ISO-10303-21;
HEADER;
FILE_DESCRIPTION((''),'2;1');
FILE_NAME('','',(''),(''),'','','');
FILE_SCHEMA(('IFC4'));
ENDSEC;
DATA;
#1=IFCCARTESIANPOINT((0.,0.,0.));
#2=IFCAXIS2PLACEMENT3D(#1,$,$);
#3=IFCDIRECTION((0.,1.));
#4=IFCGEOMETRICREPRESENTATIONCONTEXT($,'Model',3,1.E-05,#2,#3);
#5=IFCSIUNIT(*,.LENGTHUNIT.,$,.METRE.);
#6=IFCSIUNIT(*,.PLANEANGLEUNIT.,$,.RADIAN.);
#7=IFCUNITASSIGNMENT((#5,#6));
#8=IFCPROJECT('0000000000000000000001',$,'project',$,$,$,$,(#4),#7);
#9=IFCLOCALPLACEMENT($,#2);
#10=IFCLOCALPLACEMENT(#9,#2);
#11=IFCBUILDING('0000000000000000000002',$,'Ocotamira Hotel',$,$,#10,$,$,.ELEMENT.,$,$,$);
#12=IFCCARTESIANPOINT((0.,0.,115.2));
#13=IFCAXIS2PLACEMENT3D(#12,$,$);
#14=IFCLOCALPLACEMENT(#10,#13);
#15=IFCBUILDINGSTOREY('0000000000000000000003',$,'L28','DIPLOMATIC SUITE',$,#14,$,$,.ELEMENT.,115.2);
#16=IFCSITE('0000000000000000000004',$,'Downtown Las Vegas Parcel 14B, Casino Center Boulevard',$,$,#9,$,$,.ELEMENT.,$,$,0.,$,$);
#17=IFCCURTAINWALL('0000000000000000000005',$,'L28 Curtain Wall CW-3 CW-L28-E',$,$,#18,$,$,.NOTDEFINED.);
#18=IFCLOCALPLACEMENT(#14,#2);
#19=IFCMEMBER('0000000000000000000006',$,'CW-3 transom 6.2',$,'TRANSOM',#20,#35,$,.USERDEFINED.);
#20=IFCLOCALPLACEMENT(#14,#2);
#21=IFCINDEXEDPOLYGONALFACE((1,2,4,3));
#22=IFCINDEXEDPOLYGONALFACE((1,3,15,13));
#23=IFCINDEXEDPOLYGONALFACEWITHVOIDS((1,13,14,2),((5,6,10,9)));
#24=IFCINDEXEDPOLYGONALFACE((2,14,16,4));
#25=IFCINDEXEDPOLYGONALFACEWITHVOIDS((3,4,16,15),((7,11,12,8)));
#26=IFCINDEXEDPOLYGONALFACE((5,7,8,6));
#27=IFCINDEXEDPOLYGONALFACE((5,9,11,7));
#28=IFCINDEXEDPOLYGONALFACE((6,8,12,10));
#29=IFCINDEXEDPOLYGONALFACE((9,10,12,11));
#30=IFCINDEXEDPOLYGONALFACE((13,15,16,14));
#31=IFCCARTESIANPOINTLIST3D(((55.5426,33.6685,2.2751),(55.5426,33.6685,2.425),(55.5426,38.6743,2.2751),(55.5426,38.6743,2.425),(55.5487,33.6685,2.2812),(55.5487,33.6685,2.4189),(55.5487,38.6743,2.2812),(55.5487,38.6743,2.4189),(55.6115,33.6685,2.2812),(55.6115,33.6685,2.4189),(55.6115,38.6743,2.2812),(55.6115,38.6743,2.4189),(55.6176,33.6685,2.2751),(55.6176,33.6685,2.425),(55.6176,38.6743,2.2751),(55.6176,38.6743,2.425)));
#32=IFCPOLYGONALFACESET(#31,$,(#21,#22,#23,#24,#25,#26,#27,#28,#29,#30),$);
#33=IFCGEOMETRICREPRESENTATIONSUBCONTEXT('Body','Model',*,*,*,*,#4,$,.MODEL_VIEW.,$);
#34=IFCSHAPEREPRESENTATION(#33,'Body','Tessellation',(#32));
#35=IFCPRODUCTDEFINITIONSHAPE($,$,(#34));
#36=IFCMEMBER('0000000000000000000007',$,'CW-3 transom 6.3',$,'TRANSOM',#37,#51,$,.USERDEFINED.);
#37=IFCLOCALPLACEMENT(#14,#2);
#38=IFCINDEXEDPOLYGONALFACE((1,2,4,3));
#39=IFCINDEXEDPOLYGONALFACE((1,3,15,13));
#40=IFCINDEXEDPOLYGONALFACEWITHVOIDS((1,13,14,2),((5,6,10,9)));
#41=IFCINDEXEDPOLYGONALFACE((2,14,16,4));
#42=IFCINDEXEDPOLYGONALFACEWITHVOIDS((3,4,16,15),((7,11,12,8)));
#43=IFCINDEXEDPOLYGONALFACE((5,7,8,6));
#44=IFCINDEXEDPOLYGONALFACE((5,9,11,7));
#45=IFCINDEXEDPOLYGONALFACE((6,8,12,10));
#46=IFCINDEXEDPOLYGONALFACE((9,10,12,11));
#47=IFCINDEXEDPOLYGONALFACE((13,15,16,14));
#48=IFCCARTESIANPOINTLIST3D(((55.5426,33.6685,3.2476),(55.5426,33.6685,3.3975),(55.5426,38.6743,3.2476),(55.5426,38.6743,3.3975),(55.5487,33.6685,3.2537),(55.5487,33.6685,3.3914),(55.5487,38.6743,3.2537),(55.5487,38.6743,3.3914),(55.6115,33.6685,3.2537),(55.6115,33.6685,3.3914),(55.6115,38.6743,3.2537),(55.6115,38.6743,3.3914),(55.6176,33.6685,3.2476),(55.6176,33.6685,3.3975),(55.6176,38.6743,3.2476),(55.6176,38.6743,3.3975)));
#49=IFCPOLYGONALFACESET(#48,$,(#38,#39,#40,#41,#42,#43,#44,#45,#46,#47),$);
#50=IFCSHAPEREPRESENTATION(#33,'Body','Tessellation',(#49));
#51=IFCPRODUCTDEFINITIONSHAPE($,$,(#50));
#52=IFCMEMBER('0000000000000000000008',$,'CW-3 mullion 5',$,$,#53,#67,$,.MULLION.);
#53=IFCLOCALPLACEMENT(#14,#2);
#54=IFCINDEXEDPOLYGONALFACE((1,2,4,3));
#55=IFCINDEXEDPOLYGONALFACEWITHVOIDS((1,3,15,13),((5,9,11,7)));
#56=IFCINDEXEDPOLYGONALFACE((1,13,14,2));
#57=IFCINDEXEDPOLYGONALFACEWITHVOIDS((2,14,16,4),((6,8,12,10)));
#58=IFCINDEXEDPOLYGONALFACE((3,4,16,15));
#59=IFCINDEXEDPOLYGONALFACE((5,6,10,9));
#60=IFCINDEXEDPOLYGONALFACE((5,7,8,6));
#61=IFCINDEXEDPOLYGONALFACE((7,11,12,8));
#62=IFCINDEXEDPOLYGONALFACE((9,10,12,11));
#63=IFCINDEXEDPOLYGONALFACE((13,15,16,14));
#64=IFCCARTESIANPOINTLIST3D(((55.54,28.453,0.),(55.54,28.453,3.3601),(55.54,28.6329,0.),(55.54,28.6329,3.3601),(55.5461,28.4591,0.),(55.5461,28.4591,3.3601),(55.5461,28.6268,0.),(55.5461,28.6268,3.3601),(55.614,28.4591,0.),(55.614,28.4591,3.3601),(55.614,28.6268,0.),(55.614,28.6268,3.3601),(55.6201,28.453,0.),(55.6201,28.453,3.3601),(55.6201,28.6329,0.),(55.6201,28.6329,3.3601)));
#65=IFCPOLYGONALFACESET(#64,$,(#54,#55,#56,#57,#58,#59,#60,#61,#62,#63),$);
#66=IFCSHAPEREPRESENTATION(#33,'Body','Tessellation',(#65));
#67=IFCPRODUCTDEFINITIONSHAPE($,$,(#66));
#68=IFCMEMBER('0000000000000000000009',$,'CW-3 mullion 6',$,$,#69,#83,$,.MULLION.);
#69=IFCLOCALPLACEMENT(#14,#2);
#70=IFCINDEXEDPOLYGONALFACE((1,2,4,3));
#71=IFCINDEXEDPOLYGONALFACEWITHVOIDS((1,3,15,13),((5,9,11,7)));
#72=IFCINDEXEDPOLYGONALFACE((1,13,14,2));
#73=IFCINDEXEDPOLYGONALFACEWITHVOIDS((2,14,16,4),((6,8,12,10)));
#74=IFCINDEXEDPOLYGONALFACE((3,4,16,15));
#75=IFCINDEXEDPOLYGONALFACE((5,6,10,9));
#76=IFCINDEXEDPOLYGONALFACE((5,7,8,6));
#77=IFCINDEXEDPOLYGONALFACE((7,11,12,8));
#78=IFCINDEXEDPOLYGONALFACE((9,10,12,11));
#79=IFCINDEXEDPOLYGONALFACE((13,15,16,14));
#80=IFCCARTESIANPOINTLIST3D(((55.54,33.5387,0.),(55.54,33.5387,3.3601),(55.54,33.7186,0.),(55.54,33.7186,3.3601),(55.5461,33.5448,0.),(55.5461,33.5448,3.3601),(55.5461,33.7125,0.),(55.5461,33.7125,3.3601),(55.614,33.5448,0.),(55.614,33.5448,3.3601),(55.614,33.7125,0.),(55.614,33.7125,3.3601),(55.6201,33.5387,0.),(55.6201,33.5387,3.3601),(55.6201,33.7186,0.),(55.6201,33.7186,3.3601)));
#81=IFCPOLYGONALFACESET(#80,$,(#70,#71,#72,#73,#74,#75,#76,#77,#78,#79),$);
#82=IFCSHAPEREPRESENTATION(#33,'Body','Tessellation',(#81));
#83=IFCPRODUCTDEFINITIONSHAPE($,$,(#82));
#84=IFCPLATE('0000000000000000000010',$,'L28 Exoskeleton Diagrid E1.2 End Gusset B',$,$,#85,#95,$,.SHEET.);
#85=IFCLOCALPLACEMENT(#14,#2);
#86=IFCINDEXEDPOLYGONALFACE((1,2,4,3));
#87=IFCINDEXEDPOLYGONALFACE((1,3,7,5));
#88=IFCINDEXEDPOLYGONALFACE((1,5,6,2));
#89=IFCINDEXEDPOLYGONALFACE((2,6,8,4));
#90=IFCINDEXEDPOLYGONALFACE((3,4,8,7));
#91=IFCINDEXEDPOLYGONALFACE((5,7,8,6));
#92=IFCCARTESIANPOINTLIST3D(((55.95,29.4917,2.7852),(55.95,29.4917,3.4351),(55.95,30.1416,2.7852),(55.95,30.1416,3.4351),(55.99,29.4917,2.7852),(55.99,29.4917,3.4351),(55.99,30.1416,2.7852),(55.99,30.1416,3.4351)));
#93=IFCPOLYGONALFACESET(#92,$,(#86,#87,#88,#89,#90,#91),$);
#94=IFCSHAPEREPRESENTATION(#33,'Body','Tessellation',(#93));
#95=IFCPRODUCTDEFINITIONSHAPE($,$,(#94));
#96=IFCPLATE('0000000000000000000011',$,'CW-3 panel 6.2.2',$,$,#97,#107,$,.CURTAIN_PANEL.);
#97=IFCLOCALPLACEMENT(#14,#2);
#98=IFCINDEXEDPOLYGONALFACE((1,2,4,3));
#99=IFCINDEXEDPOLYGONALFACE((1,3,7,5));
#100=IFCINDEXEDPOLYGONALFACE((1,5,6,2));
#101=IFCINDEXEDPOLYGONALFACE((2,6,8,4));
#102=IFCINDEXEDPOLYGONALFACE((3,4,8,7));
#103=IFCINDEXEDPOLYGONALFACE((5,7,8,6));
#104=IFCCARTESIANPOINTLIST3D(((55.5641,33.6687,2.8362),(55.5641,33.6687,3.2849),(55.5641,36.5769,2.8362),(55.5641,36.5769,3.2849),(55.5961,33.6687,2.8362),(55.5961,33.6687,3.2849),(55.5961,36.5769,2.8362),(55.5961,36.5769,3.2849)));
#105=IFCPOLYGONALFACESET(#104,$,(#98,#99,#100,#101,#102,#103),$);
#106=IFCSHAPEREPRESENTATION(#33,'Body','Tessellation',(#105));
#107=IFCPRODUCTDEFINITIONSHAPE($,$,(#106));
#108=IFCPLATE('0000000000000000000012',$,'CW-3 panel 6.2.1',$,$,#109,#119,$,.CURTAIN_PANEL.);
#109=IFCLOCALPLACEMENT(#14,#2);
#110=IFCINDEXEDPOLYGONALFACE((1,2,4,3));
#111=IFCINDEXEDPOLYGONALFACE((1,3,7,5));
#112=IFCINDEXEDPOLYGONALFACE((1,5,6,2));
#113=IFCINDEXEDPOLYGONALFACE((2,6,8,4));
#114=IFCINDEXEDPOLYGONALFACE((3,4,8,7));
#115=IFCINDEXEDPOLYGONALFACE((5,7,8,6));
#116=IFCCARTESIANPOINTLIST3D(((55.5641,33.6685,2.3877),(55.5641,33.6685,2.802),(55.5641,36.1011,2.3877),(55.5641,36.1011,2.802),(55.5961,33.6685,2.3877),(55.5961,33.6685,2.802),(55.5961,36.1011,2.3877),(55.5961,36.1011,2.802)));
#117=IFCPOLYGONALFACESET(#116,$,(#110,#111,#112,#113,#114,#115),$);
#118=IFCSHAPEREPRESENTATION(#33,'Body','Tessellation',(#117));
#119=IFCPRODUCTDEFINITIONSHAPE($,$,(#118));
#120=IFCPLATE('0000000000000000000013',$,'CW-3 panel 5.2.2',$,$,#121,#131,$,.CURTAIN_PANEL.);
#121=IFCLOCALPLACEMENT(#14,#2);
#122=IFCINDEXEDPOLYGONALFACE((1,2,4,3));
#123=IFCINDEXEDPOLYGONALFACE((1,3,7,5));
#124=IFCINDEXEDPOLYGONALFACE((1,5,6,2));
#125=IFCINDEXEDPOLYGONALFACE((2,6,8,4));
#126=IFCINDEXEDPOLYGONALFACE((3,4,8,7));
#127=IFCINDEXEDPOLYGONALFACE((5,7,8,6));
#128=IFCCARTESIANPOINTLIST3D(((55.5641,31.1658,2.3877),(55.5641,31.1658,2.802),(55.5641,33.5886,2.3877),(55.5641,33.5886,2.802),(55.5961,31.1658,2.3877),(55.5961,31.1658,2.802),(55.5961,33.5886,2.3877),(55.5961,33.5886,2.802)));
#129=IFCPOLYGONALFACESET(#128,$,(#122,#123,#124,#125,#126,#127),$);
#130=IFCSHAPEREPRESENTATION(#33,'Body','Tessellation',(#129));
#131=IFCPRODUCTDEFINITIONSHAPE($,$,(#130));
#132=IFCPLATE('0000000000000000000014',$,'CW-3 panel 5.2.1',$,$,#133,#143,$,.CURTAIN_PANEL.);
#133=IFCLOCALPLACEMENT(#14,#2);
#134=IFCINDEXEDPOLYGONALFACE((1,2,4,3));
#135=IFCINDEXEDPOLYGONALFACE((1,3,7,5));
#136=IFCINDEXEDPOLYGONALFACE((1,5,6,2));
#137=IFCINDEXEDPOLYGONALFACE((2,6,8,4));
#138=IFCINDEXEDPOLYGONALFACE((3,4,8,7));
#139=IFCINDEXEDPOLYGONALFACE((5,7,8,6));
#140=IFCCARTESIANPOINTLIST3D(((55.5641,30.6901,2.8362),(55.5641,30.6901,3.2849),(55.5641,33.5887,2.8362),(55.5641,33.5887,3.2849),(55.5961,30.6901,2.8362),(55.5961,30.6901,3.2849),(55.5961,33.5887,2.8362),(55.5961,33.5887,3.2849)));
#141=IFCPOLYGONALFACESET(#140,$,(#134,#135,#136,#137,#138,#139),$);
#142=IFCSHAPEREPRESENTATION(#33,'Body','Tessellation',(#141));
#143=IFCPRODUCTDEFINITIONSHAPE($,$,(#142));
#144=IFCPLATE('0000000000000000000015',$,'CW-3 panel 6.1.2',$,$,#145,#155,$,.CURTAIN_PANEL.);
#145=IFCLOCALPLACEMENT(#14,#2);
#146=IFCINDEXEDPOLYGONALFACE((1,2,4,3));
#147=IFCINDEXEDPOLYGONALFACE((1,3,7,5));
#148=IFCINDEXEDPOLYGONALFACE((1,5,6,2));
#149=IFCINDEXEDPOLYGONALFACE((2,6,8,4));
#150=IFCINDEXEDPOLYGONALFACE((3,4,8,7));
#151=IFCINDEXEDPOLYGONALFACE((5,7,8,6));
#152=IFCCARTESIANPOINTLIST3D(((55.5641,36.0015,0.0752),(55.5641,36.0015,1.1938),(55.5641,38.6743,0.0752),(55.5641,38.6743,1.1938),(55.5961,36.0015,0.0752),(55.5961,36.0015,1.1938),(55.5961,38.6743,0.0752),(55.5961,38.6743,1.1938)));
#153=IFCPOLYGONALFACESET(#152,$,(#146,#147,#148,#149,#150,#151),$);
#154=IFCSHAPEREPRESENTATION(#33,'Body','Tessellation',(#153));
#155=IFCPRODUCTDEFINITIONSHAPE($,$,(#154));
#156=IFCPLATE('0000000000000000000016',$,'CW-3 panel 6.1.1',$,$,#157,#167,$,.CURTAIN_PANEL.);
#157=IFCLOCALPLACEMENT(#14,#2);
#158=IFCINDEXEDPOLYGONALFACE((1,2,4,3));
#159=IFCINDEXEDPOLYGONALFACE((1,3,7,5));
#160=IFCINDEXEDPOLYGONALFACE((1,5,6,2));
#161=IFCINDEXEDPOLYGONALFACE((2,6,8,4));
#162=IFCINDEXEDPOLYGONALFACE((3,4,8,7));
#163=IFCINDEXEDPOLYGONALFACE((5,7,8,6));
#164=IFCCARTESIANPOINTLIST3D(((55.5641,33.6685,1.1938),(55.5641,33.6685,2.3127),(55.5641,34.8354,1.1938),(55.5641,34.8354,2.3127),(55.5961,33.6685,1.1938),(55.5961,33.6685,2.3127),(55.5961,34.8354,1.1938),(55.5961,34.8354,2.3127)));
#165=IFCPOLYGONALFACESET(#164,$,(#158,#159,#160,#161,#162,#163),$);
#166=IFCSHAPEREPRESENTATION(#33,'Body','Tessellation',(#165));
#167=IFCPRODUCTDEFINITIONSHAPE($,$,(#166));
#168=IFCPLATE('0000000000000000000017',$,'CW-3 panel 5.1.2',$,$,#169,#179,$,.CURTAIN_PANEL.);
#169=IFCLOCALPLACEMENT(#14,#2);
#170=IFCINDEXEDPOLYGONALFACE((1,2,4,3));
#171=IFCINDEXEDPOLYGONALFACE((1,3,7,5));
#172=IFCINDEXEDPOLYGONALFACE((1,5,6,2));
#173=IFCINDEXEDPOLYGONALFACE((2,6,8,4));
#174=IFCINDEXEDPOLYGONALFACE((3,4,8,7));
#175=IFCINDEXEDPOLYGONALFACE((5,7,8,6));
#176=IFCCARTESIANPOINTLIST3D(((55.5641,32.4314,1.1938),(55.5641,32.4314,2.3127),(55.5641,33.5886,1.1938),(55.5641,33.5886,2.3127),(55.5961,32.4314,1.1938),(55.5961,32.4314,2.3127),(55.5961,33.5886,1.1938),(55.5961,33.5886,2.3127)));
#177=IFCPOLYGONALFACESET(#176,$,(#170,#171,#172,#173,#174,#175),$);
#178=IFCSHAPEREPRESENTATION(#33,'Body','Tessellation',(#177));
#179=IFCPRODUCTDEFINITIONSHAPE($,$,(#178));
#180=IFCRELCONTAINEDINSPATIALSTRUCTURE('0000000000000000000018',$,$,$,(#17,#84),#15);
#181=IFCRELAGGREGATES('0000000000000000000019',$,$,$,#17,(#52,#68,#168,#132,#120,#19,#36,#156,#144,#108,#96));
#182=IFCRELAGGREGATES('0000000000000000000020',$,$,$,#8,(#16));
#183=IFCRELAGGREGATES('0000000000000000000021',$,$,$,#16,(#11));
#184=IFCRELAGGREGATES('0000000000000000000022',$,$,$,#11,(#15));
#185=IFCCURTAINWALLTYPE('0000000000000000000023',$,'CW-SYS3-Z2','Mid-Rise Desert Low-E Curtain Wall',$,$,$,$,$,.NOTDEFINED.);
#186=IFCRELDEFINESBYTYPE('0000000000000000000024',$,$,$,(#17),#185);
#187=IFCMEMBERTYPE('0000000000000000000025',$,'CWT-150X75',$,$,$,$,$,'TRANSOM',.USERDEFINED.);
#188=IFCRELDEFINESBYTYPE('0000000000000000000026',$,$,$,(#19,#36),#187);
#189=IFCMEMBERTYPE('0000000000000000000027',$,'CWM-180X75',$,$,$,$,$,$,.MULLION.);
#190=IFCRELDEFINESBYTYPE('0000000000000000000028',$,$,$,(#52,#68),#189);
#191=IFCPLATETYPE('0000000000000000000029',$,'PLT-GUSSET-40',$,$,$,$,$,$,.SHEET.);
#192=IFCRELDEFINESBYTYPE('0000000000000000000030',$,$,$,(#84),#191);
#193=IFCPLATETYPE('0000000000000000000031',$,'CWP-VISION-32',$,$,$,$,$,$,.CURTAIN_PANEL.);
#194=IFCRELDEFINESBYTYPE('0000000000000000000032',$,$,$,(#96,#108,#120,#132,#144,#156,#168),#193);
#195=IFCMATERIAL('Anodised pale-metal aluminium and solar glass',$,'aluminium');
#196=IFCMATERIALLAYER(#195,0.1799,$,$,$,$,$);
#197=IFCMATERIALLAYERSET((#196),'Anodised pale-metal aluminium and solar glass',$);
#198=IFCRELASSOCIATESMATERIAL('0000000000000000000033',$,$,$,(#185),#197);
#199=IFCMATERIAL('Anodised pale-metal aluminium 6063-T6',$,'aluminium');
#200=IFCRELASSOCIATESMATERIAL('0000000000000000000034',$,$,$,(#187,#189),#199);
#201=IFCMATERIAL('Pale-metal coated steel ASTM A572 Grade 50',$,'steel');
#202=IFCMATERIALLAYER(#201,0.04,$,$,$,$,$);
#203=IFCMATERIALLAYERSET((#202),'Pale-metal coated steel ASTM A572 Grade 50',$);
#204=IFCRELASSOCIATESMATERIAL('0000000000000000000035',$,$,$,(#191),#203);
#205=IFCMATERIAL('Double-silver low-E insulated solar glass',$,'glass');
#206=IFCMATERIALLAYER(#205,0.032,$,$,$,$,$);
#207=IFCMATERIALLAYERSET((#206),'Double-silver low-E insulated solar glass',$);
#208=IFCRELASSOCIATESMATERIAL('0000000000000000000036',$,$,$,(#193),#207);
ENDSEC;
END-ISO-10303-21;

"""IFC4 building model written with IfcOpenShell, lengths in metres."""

from ifc_helpers import new_model, si_unit, direction, frame, origin, origin_2d, place, context, subcontext, project, spatial, rectangle, hollow_rectangle, extrude, source, transform, mapped, material, layer, layer_set, material_profile, profile_set, type_object, element, aggregate, save


model = new_model("IFC4")

# Units and contexts
model_context = context("Model", 3, precision=1e-05, world=origin(), true_north=direction((0.0, 1.0)))
body_context = subcontext(model_context, "Body", "Model", "MODEL_VIEW")
ifc_project = project(units=[si_unit("LENGTHUNIT", "METRE"), si_unit("PLANEANGLEUNIT", "RADIAN")], contexts=[model_context])

# Site, building, storey
site_placement = place(None, origin())
site = spatial("IfcSite", under=ifc_project, at=site_placement, Name="Downtown Las Vegas Parcel 14B, Casino Center Boulevard", CompositionType="ELEMENT", RefElevation=0.0)
building_placement = place(site_placement, origin())
building = spatial("IfcBuilding", under=site, at=building_placement, Name="Ocotamira Hotel", CompositionType="ELEMENT")
storey_placement = place(building_placement, frame((0.0, 0.0, 115.2)))
storey = spatial("IfcBuildingStorey", under=building, at=storey_placement, Name="L28", Description="DIPLOMATIC SUITE", CompositionType="ELEMENT", Elevation=115.2)

# Curtain wall, members
ifc_material_1 = material(Name="Anodised pale-metal aluminium and solar glass", Category="aluminium")
ifc_layer_1 = layer(ifc_material_1, 0.1799)
ifc_layer_set_1 = layer_set([ifc_layer_1], Name="Anodised pale-metal aluminium and solar glass")
curtain_wall_type = type_object("IfcCurtainWallType", Name="CW-SYS3-Z2", Description="Mid-Rise Desert Low-E Curtain Wall", PredefinedType="NOTDEFINED", material=ifc_layer_set_1)
curtain_wall_placement = place(storey_placement, origin())
curtain_wall = element("IfcCurtainWall", 1, at=curtain_wall_placement, inside=storey, type_object=curtain_wall_type, Name="L28 Curtain Wall CW-3 CW-L28-E", PredefinedType="NOTDEFINED")
ifc_material_2 = material(Name="Anodised pale-metal aluminium 6063-T6", Category="aluminium")
ifc_material_profile_1 = material_profile(ifc_material_2, hollow_rectangle(XDim=0.075, YDim=0.1499, WallThickness=0.0061, at=origin_2d()), Name="HSS150X75X6")
ifc_profile_set_1 = profile_set([ifc_material_profile_1], Name="Anodised pale-metal aluminium 6063-T6")
member_type_1 = type_object("IfcMemberType", Name="CWT-150X75", ElementType="TRANSOM", PredefinedType="USERDEFINED", material=ifc_profile_set_1)
shared_shape_1 = source(origin(), body_context, "Body", "SweptSolid", [
    extrude(hollow_rectangle(XDim=0.075, YDim=0.1499, WallThickness=0.0061, at=origin_2d()), origin(), (0.0, 0.0, 1.0), 5.0059),
])
member_1_placement = place(storey_placement, frame((55.5801, 33.6685, 2.3501), z_axis=(0.0, 1.0, 0.0), x_axis=(-1.0, 0.0, 0.0)))
member_1 = element("IfcMember", 2, at=member_1_placement, type_object=member_type_1, Name="CW-3 transom 6.2", ObjectType="TRANSOM", PredefinedType="USERDEFINED", context=body_context, shape_type="MappedRepresentation", body=[
    mapped(shared_shape_1, transform((0.0, 0.0, 0.0), scale=1.0)),
])
member_2_placement = place(storey_placement, frame((55.5801, 33.6685, 3.3225), z_axis=(0.0, 1.0, 0.0), x_axis=(-1.0, 0.0, 0.0)))
member_2 = element("IfcMember", 3, at=member_2_placement, type_object=member_type_1, Name="CW-3 transom 6.3", ObjectType="TRANSOM", PredefinedType="USERDEFINED", context=body_context, shape_type="MappedRepresentation", body=[
    mapped(shared_shape_1, transform((0.0, 0.0, 0.0), scale=1.0)),
])
ifc_material_profile_2 = material_profile(ifc_material_2, hollow_rectangle(XDim=0.0801, YDim=0.1799, WallThickness=0.0061, at=origin_2d()), Name="HSS180X80X6")
ifc_profile_set_2 = profile_set([ifc_material_profile_2], Name="Anodised pale-metal aluminium 6063-T6")
member_type_2 = type_object("IfcMemberType", Name="CWM-180X75", PredefinedType="MULLION", material=ifc_profile_set_2)
shared_shape_2 = source(origin(), body_context, "Body", "SweptSolid", [
    extrude(hollow_rectangle(XDim=0.0801, YDim=0.1799, WallThickness=0.0061, at=origin_2d()), origin(), (0.0, 0.0, 1.0), 3.3601),
])
member_3_placement = place(storey_placement, frame((55.5801, 28.543, 0.0), z_axis=(0.0, 0.0, 1.0), x_axis=(-1.0, 0.0, 0.0)))
member_3 = element("IfcMember", 4, at=member_3_placement, type_object=member_type_2, Name="CW-3 mullion 5", PredefinedType="MULLION", context=body_context, shape_type="MappedRepresentation", body=[
    mapped(shared_shape_2, transform((0.0, 0.0, 0.0), scale=1.0)),
])
member_4_placement = place(storey_placement, frame((55.5801, 33.6287, 0.0), z_axis=(0.0, 0.0, 1.0), x_axis=(-1.0, 0.0, 0.0)))
member_4 = element("IfcMember", 5, at=member_4_placement, type_object=member_type_2, Name="CW-3 mullion 6", PredefinedType="MULLION", context=body_context, shape_type="MappedRepresentation", body=[
    mapped(shared_shape_2, transform((0.0, 0.0, 0.0), scale=1.0)),
])

# Plates
ifc_material_3 = material(Name="Pale-metal coated steel ASTM A572 Grade 50", Category="steel")
ifc_layer_2 = layer(ifc_material_3, 0.04)
ifc_layer_set_2 = layer_set([ifc_layer_2], Name="Pale-metal coated steel ASTM A572 Grade 50")
plate_type_1 = type_object("IfcPlateType", Name="PLT-GUSSET-40", PredefinedType="SHEET", material=ifc_layer_set_2)
shared_shape_3 = source(origin(), body_context, "Body", "SweptSolid", [
    extrude(rectangle(XDim=0.04, YDim=0.6499, at=origin_2d()), origin(), (0.0, 0.0, 1.0), 0.6499),
])
plate_1_placement = place(storey_placement, frame((55.97, 29.8167, 2.7852), z_axis=(0.0, 0.0, 1.0), x_axis=(1.0, 0.0, 0.0)))
element("IfcPlate", 6, at=plate_1_placement, inside=storey, type_object=plate_type_1, Name="L28 Exoskeleton Diagrid E1.2 End Gusset B", PredefinedType="SHEET", context=body_context, shape_type="MappedRepresentation", body=[
    mapped(shared_shape_3, transform((0.0, 0.0, 0.0), scale=1.0)),
])
ifc_material_4 = material(Name="Double-silver low-E insulated solar glass", Category="glass")
ifc_layer_3 = layer(ifc_material_4, 0.032)
ifc_layer_set_3 = layer_set([ifc_layer_3], Name="Double-silver low-E insulated solar glass")
plate_type_2 = type_object("IfcPlateType", Name="CWP-VISION-32", PredefinedType="CURTAIN_PANEL", material=ifc_layer_set_3)
shared_shape_4 = source(origin(), body_context, "Body", "SweptSolid", [
    extrude(rectangle(XDim=2.9082, YDim=0.032, at=origin_2d()), origin(), (0.0, 0.0, 1.0), 0.4487),
])
plate_2_placement = place(storey_placement, frame((55.5801, 35.1228, 2.8362), z_axis=(0.0, 0.0, 1.0), x_axis=(0.0, 1.0, 0.0)))
plate_2 = element("IfcPlate", 7, at=plate_2_placement, type_object=plate_type_2, Name="CW-3 panel 6.2.2", PredefinedType="CURTAIN_PANEL", context=body_context, shape_type="MappedRepresentation", body=[
    mapped(shared_shape_4, transform((0.0, 0.0, 0.0), scale=1.0)),
])
shared_shape_5 = source(origin(), body_context, "Body", "SweptSolid", [
    extrude(rectangle(XDim=2.4326, YDim=0.032, at=origin_2d()), origin(), (0.0, 0.0, 1.0), 0.4143),
])
plate_3_placement = place(storey_placement, frame((55.5801, 34.8848, 2.3877), z_axis=(0.0, 0.0, 1.0), x_axis=(0.0, 1.0, 0.0)))
plate_3 = element("IfcPlate", 8, at=plate_3_placement, type_object=plate_type_2, Name="CW-3 panel 6.2.1", PredefinedType="CURTAIN_PANEL", context=body_context, shape_type="MappedRepresentation", body=[
    mapped(shared_shape_5, transform((0.0, 0.0, 0.0), scale=1.0)),
])
shared_shape_6 = source(origin(), body_context, "Body", "SweptSolid", [
    extrude(rectangle(XDim=2.4229, YDim=0.032, at=origin_2d()), origin(), (0.0, 0.0, 1.0), 0.4143),
])
plate_4_placement = place(storey_placement, frame((55.5801, 32.3772, 2.3877), z_axis=(0.0, 0.0, 1.0), x_axis=(0.0, 1.0, 0.0)))
plate_4 = element("IfcPlate", 9, at=plate_4_placement, type_object=plate_type_2, Name="CW-3 panel 5.2.2", PredefinedType="CURTAIN_PANEL", context=body_context, shape_type="MappedRepresentation", body=[
    mapped(shared_shape_6, transform((0.0, 0.0, 0.0), scale=1.0)),
])
shared_shape_7 = source(origin(), body_context, "Body", "SweptSolid", [
    extrude(rectangle(XDim=2.8987, YDim=0.032, at=origin_2d()), origin(), (0.0, 0.0, 1.0), 0.4487),
])
plate_5_placement = place(storey_placement, frame((55.5801, 32.1394, 2.8362), z_axis=(0.0, 0.0, 1.0), x_axis=(0.0, 1.0, 0.0)))
plate_5 = element("IfcPlate", 10, at=plate_5_placement, type_object=plate_type_2, Name="CW-3 panel 5.2.1", PredefinedType="CURTAIN_PANEL", context=body_context, shape_type="MappedRepresentation", body=[
    mapped(shared_shape_7, transform((0.0, 0.0, 0.0), scale=1.0)),
])
shared_shape_8 = source(origin(), body_context, "Body", "SweptSolid", [
    extrude(rectangle(XDim=2.6729, YDim=0.032, at=origin_2d()), origin(), (0.0, 0.0, 1.0), 1.1187),
])
plate_6_placement = place(storey_placement, frame((55.5801, 37.3379, 0.0752), z_axis=(0.0, 0.0, 1.0), x_axis=(0.0, 1.0, 0.0)))
plate_6 = element("IfcPlate", 11, at=plate_6_placement, type_object=plate_type_2, Name="CW-3 panel 6.1.2", PredefinedType="CURTAIN_PANEL", context=body_context, shape_type="MappedRepresentation", body=[
    mapped(shared_shape_8, transform((0.0, 0.0, 0.0), scale=1.0)),
])
shared_shape_9 = source(origin(), body_context, "Body", "SweptSolid", [
    extrude(rectangle(XDim=1.167, YDim=0.032, at=origin_2d()), origin(), (0.0, 0.0, 1.0), 1.1189),
])
plate_7_placement = place(storey_placement, frame((55.5801, 34.252, 1.1938), z_axis=(0.0, 0.0, 1.0), x_axis=(0.0, 1.0, 0.0)))
plate_7 = element("IfcPlate", 12, at=plate_7_placement, type_object=plate_type_2, Name="CW-3 panel 6.1.1", PredefinedType="CURTAIN_PANEL", context=body_context, shape_type="MappedRepresentation", body=[
    mapped(shared_shape_9, transform((0.0, 0.0, 0.0), scale=1.0)),
])
shared_shape_10 = source(origin(), body_context, "Body", "SweptSolid", [
    extrude(rectangle(XDim=1.1572, YDim=0.032, at=origin_2d()), origin(), (0.0, 0.0, 1.0), 1.1189),
])
plate_8_placement = place(storey_placement, frame((55.5801, 33.01, 1.1938), z_axis=(0.0, 0.0, 1.0), x_axis=(0.0, 1.0, 0.0)))
plate_8 = element("IfcPlate", 13, at=plate_8_placement, type_object=plate_type_2, Name="CW-3 panel 5.1.2", PredefinedType="CURTAIN_PANEL", context=body_context, shape_type="MappedRepresentation", body=[
    mapped(shared_shape_10, transform((0.0, 0.0, 0.0), scale=1.0)),
])
aggregate(curtain_wall, [member_3, member_4, plate_8, plate_5, plate_4, member_1, member_2, plate_7, plate_6, plate_3, plate_2])

save(model, "model.ifc")
